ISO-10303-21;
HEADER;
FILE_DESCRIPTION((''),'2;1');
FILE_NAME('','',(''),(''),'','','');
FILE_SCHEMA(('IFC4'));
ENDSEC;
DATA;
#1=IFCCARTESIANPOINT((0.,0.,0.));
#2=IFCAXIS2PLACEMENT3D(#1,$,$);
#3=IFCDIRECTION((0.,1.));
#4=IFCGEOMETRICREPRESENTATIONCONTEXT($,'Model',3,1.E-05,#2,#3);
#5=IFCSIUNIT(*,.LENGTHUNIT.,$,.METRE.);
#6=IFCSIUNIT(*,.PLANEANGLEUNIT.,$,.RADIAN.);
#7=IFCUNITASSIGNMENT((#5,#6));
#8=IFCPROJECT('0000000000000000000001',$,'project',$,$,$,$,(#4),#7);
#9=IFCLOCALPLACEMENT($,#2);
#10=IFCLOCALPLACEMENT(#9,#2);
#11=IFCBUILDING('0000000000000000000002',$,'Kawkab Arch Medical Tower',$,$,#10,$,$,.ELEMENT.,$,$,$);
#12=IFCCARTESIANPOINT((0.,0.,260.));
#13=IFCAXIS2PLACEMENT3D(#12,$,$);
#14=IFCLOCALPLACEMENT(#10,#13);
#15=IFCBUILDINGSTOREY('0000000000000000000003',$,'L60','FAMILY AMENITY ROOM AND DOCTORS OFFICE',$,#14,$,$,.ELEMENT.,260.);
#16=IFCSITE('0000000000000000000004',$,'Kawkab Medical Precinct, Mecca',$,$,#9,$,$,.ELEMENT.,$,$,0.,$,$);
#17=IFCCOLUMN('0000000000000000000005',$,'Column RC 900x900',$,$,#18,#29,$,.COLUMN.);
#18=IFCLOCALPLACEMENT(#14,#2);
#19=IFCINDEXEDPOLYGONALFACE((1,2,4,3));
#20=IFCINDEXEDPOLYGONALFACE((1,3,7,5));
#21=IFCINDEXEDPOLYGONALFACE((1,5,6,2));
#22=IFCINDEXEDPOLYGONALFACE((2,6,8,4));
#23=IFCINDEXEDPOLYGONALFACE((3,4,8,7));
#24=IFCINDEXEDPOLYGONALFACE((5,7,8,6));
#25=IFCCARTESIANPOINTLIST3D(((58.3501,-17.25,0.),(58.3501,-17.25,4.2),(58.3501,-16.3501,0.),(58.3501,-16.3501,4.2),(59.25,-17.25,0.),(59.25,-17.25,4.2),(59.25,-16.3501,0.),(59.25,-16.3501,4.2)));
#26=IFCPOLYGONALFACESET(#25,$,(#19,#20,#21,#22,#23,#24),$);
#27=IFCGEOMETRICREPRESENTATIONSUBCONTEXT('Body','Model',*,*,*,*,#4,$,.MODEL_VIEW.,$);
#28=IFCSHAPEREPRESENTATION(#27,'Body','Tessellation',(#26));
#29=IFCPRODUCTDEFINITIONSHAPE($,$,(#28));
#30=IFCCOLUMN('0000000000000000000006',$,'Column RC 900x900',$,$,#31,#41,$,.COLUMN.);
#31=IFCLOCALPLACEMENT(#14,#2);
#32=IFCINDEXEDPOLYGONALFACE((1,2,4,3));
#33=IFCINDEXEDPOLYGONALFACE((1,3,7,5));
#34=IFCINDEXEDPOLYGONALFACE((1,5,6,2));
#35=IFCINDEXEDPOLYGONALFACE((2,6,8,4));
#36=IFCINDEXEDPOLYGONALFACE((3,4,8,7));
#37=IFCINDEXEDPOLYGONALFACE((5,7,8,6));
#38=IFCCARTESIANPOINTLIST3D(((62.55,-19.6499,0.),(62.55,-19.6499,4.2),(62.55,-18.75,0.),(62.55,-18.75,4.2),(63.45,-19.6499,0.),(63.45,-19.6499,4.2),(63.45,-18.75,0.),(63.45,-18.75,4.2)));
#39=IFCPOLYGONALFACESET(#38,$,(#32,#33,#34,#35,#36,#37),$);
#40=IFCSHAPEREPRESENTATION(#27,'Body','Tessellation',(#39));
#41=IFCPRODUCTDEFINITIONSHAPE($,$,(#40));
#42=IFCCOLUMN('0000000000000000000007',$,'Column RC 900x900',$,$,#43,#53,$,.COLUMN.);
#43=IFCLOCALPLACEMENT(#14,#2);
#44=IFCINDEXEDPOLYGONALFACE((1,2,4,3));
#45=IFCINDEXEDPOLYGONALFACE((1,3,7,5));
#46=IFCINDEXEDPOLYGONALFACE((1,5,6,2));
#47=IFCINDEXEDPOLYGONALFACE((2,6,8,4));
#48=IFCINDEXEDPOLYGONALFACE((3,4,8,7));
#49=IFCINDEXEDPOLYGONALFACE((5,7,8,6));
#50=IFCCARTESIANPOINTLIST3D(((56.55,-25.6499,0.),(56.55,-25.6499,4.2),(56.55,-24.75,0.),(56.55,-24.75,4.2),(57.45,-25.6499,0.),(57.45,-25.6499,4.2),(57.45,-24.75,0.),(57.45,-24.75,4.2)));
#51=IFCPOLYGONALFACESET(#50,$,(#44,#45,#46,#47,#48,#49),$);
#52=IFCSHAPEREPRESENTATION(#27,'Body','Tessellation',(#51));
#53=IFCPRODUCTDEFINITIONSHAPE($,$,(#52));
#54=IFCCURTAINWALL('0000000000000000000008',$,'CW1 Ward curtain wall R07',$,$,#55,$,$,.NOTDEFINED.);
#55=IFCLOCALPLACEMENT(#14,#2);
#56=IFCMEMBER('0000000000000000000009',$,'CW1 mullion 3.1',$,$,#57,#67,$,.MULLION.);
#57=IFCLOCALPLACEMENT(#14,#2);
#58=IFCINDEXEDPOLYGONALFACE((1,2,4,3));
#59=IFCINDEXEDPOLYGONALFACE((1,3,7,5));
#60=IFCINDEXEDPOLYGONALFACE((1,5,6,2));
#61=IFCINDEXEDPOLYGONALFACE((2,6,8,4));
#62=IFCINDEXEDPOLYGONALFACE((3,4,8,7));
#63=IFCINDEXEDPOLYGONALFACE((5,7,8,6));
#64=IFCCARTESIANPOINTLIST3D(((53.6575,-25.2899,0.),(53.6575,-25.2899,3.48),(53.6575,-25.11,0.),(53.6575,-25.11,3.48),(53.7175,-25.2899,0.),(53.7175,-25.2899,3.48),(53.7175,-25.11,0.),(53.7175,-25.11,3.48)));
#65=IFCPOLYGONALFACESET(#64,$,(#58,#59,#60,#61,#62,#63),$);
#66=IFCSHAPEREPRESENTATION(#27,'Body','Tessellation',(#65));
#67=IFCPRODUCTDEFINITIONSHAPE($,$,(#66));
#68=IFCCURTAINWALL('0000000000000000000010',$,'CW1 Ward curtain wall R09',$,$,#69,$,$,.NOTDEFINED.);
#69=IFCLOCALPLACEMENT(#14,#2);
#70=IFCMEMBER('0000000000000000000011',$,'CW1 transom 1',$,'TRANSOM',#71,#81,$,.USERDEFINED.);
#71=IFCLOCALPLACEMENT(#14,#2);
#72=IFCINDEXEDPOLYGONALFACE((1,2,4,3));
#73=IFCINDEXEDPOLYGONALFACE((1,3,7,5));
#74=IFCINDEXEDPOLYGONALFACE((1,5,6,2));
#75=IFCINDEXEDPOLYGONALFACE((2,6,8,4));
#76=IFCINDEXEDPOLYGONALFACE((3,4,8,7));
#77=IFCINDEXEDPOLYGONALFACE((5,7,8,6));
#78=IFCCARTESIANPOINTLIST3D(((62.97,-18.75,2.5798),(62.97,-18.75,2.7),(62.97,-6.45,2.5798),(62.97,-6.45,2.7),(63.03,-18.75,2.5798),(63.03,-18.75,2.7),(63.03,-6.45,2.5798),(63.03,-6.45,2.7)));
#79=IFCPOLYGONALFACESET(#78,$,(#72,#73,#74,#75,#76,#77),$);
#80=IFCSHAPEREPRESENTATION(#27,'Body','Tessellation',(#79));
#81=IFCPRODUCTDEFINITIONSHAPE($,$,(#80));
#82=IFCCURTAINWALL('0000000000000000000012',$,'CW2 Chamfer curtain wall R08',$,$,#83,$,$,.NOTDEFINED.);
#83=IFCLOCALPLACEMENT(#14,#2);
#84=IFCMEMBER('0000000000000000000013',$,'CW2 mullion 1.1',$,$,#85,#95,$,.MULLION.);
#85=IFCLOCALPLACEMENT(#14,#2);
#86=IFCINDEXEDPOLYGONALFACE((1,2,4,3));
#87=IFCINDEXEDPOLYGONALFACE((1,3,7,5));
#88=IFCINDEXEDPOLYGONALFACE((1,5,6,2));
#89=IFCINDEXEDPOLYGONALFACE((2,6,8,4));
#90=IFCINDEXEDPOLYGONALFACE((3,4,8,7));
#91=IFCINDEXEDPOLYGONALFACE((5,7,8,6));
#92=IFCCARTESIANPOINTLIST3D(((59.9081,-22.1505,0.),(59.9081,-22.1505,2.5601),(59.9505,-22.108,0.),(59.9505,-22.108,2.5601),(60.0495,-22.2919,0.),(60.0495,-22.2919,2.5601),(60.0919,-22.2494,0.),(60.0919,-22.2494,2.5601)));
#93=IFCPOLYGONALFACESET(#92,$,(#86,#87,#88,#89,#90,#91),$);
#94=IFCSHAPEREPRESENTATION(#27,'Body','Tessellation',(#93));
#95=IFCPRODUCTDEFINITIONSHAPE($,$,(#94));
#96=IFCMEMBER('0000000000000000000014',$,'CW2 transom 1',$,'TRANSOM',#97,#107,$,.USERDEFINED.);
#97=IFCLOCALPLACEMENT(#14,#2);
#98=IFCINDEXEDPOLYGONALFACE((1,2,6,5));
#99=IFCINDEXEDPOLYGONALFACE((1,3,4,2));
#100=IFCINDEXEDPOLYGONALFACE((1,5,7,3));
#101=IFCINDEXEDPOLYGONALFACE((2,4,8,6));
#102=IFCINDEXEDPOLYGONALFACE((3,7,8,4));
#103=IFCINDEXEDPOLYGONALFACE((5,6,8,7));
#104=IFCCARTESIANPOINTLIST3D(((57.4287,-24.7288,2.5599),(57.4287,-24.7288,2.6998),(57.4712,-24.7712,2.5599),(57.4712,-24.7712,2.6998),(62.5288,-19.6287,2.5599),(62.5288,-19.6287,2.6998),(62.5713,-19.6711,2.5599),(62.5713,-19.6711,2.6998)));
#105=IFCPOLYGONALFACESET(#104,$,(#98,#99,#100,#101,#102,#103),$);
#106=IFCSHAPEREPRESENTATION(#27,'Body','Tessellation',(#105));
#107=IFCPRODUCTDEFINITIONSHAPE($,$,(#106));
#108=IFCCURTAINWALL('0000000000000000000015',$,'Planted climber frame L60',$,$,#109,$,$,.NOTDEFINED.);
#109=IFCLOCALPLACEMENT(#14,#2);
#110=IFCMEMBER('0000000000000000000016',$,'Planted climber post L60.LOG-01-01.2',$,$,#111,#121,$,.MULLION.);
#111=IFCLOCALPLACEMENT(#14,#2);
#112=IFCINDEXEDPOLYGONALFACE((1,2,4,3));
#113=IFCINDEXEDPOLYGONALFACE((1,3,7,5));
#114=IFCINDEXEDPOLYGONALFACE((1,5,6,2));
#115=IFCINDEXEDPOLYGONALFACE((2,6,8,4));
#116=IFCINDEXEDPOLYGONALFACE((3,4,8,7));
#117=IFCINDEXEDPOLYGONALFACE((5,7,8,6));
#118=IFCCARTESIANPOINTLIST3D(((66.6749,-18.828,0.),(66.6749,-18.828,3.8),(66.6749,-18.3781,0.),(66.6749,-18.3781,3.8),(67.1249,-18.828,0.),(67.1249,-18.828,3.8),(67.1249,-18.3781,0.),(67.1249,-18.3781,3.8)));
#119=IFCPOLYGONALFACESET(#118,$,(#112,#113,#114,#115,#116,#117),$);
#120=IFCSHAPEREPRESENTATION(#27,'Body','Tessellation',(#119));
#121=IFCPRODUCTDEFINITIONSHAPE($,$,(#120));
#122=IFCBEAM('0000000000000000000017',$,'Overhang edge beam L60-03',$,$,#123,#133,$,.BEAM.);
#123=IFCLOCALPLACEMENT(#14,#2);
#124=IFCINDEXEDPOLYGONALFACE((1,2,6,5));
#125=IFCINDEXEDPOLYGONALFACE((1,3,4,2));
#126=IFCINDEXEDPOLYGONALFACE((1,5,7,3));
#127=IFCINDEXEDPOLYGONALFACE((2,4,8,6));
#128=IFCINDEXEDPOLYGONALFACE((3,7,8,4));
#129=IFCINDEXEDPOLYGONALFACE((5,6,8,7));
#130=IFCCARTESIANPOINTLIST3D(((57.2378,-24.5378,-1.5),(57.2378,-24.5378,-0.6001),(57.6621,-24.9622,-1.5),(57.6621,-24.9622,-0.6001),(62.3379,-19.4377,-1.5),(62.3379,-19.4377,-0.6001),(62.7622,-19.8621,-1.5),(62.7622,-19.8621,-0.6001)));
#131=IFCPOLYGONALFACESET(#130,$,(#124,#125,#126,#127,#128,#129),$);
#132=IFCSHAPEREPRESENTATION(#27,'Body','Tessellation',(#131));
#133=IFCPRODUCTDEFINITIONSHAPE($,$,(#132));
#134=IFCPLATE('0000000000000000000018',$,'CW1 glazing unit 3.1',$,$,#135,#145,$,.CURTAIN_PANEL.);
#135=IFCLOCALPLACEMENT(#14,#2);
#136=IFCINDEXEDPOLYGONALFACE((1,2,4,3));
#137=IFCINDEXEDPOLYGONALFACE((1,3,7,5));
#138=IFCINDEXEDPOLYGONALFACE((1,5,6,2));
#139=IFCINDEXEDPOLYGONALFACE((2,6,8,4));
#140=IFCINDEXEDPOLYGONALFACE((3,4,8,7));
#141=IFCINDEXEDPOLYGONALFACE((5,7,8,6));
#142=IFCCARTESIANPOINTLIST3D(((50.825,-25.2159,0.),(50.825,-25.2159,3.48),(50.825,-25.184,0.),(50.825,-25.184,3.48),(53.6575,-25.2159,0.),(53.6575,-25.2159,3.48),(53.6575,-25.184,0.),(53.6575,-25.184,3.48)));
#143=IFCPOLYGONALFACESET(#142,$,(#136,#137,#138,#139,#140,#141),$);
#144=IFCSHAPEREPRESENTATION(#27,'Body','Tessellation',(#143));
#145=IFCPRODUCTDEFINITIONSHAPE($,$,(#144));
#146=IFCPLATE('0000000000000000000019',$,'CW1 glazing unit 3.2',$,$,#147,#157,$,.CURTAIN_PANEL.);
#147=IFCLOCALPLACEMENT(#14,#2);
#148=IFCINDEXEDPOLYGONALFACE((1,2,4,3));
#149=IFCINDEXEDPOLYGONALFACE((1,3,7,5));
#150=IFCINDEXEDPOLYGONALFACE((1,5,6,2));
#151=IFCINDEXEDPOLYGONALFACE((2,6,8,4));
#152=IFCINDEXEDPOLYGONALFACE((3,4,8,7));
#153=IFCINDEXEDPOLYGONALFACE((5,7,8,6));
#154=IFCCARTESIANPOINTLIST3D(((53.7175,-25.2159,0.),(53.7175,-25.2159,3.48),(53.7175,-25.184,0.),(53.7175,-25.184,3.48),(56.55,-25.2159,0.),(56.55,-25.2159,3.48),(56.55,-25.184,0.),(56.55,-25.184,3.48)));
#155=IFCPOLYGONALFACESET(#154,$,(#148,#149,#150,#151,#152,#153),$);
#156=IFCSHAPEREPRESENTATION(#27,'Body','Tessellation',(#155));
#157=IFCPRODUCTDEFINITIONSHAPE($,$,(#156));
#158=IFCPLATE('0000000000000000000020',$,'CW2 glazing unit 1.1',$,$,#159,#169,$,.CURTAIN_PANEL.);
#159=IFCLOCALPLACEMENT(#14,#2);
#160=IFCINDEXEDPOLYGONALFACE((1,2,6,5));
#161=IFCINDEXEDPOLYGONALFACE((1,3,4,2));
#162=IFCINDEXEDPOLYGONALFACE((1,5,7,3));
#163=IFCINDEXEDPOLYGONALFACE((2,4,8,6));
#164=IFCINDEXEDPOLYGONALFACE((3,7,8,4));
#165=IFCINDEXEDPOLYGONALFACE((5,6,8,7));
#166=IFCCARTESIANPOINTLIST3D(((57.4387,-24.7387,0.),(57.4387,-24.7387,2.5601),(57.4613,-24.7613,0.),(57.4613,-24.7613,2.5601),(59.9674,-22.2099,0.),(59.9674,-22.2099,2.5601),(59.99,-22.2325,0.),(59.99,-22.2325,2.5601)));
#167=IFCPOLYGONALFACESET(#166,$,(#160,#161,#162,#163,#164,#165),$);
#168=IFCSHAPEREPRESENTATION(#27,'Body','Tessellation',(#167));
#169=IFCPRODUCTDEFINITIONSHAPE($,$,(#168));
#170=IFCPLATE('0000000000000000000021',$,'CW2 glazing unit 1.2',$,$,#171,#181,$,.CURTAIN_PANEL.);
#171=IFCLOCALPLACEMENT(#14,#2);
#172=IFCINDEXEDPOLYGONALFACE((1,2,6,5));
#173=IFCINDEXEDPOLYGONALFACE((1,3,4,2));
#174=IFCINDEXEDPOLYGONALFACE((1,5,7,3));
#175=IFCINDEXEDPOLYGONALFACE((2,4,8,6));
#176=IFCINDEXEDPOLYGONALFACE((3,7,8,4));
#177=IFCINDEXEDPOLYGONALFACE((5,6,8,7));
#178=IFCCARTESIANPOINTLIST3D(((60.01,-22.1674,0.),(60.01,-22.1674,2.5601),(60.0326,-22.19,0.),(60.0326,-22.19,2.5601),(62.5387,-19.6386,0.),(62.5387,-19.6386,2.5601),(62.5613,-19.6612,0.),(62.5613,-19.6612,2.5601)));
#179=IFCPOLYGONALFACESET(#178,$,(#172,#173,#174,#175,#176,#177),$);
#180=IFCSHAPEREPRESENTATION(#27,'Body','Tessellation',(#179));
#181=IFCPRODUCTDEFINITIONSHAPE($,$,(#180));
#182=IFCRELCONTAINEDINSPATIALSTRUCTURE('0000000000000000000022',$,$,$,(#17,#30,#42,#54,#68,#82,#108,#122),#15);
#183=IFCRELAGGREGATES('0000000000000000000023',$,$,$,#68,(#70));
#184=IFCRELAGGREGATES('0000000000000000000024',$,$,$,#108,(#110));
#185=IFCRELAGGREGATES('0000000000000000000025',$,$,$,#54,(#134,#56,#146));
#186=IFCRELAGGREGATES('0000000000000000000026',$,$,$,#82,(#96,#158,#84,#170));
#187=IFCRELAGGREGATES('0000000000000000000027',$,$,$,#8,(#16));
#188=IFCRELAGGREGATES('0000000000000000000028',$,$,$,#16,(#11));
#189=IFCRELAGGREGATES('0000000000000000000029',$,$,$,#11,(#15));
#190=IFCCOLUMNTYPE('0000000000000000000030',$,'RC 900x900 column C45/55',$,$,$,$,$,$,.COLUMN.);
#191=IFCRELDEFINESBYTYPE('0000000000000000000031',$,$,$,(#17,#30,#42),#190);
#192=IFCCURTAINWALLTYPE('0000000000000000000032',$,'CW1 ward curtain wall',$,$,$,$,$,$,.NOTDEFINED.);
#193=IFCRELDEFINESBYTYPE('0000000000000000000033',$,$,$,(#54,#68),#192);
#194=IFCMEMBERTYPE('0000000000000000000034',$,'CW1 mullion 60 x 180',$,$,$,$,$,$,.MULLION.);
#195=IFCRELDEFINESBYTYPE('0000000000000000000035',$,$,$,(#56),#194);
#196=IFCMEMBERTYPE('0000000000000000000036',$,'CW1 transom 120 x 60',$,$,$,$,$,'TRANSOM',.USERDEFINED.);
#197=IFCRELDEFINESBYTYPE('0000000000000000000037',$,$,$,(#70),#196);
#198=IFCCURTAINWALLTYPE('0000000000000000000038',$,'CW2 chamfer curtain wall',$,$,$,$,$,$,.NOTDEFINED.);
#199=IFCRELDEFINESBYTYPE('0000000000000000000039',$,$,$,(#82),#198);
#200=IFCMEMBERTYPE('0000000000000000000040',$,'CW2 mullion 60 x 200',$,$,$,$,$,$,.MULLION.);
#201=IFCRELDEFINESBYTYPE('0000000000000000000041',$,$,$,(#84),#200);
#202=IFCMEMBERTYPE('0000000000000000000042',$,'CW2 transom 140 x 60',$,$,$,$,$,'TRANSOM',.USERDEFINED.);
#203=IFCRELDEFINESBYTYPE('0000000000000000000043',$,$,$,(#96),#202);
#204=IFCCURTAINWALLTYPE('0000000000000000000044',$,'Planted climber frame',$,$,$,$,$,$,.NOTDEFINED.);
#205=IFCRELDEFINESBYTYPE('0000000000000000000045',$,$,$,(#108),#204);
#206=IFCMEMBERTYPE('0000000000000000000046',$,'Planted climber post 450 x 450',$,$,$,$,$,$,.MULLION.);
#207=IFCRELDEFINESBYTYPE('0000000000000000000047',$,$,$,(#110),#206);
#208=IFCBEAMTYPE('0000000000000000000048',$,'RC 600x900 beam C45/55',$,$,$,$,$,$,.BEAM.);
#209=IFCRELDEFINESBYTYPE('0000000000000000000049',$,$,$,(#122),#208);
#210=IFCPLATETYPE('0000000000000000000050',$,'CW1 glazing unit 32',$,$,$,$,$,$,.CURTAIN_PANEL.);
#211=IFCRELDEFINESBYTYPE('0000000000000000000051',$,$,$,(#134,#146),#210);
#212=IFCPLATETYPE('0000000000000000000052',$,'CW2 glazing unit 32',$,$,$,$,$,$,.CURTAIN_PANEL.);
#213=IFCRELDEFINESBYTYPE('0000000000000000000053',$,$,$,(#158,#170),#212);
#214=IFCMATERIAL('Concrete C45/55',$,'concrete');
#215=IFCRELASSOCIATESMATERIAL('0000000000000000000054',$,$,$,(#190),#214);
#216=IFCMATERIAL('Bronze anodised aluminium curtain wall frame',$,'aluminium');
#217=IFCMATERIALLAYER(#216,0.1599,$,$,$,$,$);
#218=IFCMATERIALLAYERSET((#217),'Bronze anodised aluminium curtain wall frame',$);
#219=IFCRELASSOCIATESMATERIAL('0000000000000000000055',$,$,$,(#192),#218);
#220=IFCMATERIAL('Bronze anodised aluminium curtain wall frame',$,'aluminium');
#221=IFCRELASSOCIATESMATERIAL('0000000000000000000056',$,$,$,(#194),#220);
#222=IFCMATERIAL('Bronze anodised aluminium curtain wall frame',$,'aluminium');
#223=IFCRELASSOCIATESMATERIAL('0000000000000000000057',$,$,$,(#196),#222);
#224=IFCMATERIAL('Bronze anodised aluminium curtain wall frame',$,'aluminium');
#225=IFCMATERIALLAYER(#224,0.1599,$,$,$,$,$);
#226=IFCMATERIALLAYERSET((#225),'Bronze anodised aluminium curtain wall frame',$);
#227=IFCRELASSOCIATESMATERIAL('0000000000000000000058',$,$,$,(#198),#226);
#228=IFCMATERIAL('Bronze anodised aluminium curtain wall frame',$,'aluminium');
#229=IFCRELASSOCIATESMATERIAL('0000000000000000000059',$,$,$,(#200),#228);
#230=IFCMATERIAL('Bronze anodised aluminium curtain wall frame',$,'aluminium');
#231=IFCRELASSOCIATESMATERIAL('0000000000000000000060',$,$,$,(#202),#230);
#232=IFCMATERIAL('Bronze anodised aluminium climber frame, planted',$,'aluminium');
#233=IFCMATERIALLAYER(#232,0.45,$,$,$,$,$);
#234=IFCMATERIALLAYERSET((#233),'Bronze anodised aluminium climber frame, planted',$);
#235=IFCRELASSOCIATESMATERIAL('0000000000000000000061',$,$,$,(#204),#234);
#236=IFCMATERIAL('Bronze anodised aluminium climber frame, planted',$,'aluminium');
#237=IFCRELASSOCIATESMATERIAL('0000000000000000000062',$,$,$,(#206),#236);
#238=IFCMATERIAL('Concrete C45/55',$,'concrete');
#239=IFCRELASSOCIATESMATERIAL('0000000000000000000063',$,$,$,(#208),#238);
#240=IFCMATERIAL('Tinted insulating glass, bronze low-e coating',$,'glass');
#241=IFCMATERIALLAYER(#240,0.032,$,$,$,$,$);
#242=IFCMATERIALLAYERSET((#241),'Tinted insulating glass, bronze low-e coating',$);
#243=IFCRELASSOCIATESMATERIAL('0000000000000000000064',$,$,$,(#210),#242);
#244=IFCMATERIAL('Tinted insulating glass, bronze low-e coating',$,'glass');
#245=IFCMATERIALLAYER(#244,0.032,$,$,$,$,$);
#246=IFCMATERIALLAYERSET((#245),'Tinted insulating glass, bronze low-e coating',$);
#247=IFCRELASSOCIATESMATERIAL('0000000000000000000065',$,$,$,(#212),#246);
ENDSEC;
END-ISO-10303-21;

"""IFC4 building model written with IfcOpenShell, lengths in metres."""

from ifc_helpers import new_model, si_unit, direction, frame, origin, origin_2d, place, context, subcontext, project, spatial, rectangle, extrude, material, layer, layer_set, material_profile, profile_set, type_object, element, aggregate, save


model = new_model("IFC4")

# Units and contexts
model_context = context("Model", 3, precision=1e-05, world=origin(), true_north=direction((0.0, 1.0)))
body_context = subcontext(model_context, "Body", "Model", "MODEL_VIEW")
ifc_project = project(units=[si_unit("LENGTHUNIT", "METRE"), si_unit("PLANEANGLEUNIT", "RADIAN")], contexts=[model_context])

# Site, building, storey
site_placement = place(None, origin())
site = spatial("IfcSite", under=ifc_project, at=site_placement, Name="Kawkab Medical Precinct, Mecca", CompositionType="ELEMENT", RefElevation=0.0)
building_placement = place(site_placement, origin())
building = spatial("IfcBuilding", under=site, at=building_placement, Name="Kawkab Arch Medical Tower", CompositionType="ELEMENT")
storey_placement = place(building_placement, frame((0.0, 0.0, 260.0)))
storey = spatial("IfcBuildingStorey", under=building, at=storey_placement, Name="L60", Description="FAMILY AMENITY ROOM AND DOCTORS OFFICE", CompositionType="ELEMENT", Elevation=260.0)

# Columns
ifc_material_1 = material(Name="Concrete C45/55", Category="concrete")
ifc_material_profile_1 = material_profile(ifc_material_1, rectangle(XDim=0.8999, YDim=0.8999, at=origin_2d()), Name="RC 900x900")
ifc_profile_set_1 = profile_set([ifc_material_profile_1], Name="Concrete C45/55")
column_type = type_object("IfcColumnType", Name="RC 900x900 column C45/55", PredefinedType="COLUMN", material=ifc_profile_set_1)
for number, where, z_axis, x_axis, name in (
    (1, (58.8, -16.8, 0.0), (0.0, 0.0, 1.0), (1.0, 0.0, 0.0), "Column RC 900x900"),
    (2, (63.0, -19.2, 0.0), (0.0, 0.0, 1.0), (1.0, 0.0, 0.0), "Column RC 900x900"),
    (3, (57.0, -25.2, 0.0), (0.0, 0.0, 1.0), (1.0, 0.0, 0.0), "Column RC 900x900"),
):
    element("IfcColumn", number, at=place(storey_placement, frame(where, z_axis=z_axis, x_axis=x_axis)), inside=storey, type_object=column_type, Name=name, PredefinedType="COLUMN", context=body_context, shape_type="SweptSolid", body=[
        extrude(rectangle(XDim=0.8999, YDim=0.8999, at=origin_2d()), origin(), (0.0, 0.0, 1.0), 4.2),
    ])

# Curtain walls, members
ifc_material_2 = material(Name="Bronze anodised aluminium curtain wall frame", Category="aluminium")
ifc_layer_1 = layer(ifc_material_2, 0.1599)
ifc_layer_set_1 = layer_set([ifc_layer_1], Name="Bronze anodised aluminium curtain wall frame")
curtain_wall_type_1 = type_object("IfcCurtainWallType", Name="CW1 ward curtain wall", PredefinedType="NOTDEFINED", material=ifc_layer_set_1)
placement = place(storey_placement, origin())
curtain_wall_1 = element("IfcCurtainWall", 4, at=placement, inside=storey, type_object=curtain_wall_type_1, Name="CW1 Ward curtain wall R07", PredefinedType="NOTDEFINED")
ifc_material_3 = material(Name="Bronze anodised aluminium curtain wall frame", Category="aluminium")
ifc_material_profile_2 = material_profile(ifc_material_3, rectangle(XDim=0.1799, YDim=0.0601, at=origin_2d()), Name="AL 60x180")
ifc_profile_set_2 = profile_set([ifc_material_profile_2], Name="Bronze anodised aluminium curtain wall frame")
member_type_1 = type_object("IfcMemberType", Name="CW1 mullion 60 x 180", PredefinedType="MULLION", material=ifc_profile_set_2)
member_1_placement = place(storey_placement, frame((53.6875, -25.2, 0.0), z_axis=(0.0, 0.0, 1.0), x_axis=(0.0, 1.0, 0.0)))
member_1 = element("IfcMember", 5, at=member_1_placement, type_object=member_type_1, Name="CW1 mullion 3.1", PredefinedType="MULLION", context=body_context, shape_type="SweptSolid", body=[
    extrude(rectangle(XDim=0.1799, YDim=0.0601, at=origin_2d()), origin(), (0.0, 0.0, 1.0), 3.48),
])
curtain_wall_2 = element("IfcCurtainWall", 6, at=placement, inside=storey, type_object=curtain_wall_type_1, Name="CW1 Ward curtain wall R09", PredefinedType="NOTDEFINED")
ifc_material_4 = material(Name="Bronze anodised aluminium curtain wall frame", Category="aluminium")
ifc_material_profile_3 = material_profile(ifc_material_4, rectangle(XDim=0.0601, YDim=0.1201, at=origin_2d()), Name="AL 60x120")
ifc_profile_set_3 = profile_set([ifc_material_profile_3], Name="Bronze anodised aluminium curtain wall frame")
member_type_2 = type_object("IfcMemberType", Name="CW1 transom 120 x 60", ElementType="TRANSOM", PredefinedType="USERDEFINED", material=ifc_profile_set_3)
member_2_placement = place(storey_placement, frame((63.0, -18.75, 2.6399), z_axis=(0.0, 1.0, 0.0), x_axis=(-1.0, 0.0, 0.0)))
member_2 = element("IfcMember", 7, at=member_2_placement, type_object=member_type_2, Name="CW1 transom 1", ObjectType="TRANSOM", PredefinedType="USERDEFINED", context=body_context, shape_type="SweptSolid", body=[
    extrude(rectangle(XDim=0.0601, YDim=0.1201, at=origin_2d()), origin(), (0.0, 0.0, 1.0), 12.3),
])
aggregate(curtain_wall_2, [member_2])

# Curtain wall, members
ifc_material_5 = material(Name="Bronze anodised aluminium curtain wall frame", Category="aluminium")
ifc_layer_2 = layer(ifc_material_5, 0.1599)
ifc_layer_set_2 = layer_set([ifc_layer_2], Name="Bronze anodised aluminium curtain wall frame")
curtain_wall_type_2 = type_object("IfcCurtainWallType", Name="CW2 chamfer curtain wall", PredefinedType="NOTDEFINED", material=ifc_layer_set_2)
curtain_wall_3 = element("IfcCurtainWall", 8, at=placement, inside=storey, type_object=curtain_wall_type_2, Name="CW2 Chamfer curtain wall R08", PredefinedType="NOTDEFINED")
ifc_material_6 = material(Name="Bronze anodised aluminium curtain wall frame", Category="aluminium")
ifc_material_profile_4 = material_profile(ifc_material_6, rectangle(XDim=0.2, YDim=0.0601, at=origin_2d()), Name="AL 60x200")
ifc_profile_set_4 = profile_set([ifc_material_profile_4], Name="Bronze anodised aluminium curtain wall frame")
member_type_3 = type_object("IfcMemberType", Name="CW2 mullion 60 x 200", PredefinedType="MULLION", material=ifc_profile_set_4)
member_3_placement = place(storey_placement, frame((60.0, -22.2, 0.0), z_axis=(0.0, 0.0, 1.0), x_axis=(-0.707107, 0.707107, 0.0)))
member_3 = element("IfcMember", 9, at=member_3_placement, type_object=member_type_3, Name="CW2 mullion 1.1", PredefinedType="MULLION", context=body_context, shape_type="SweptSolid", body=[
    extrude(rectangle(XDim=0.2, YDim=0.0601, at=origin_2d()), origin(), (0.0, 0.0, 1.0), 2.5601),
])
ifc_material_7 = material(Name="Bronze anodised aluminium curtain wall frame", Category="aluminium")
ifc_material_profile_5 = material_profile(ifc_material_7, rectangle(XDim=0.0601, YDim=0.1399, at=origin_2d()), Name="AL 60x140")
ifc_profile_set_5 = profile_set([ifc_material_profile_5], Name="Bronze anodised aluminium curtain wall frame")
member_type_4 = type_object("IfcMemberType", Name="CW2 transom 140 x 60", ElementType="TRANSOM", PredefinedType="USERDEFINED", material=ifc_profile_set_5)
member_4_placement = place(storey_placement, frame((57.45, -24.75, 2.6299), z_axis=(0.707107, 0.707107, 0.0), x_axis=(-0.707107, 0.707107, 0.0)))
member_4 = element("IfcMember", 10, at=member_4_placement, type_object=member_type_4, Name="CW2 transom 1", ObjectType="TRANSOM", PredefinedType="USERDEFINED", context=body_context, shape_type="SweptSolid", body=[
    extrude(rectangle(XDim=0.0601, YDim=0.1399, at=origin_2d()), origin(), (0.0, 0.0, 1.0), 7.2126),
])

# Curtain wall, member
ifc_material_8 = material(Name="Bronze anodised aluminium climber frame, planted", Category="aluminium")
ifc_layer_3 = layer(ifc_material_8, 0.45)
ifc_layer_set_3 = layer_set([ifc_layer_3], Name="Bronze anodised aluminium climber frame, planted")
curtain_wall_type_3 = type_object("IfcCurtainWallType", Name="Planted climber frame", PredefinedType="NOTDEFINED", material=ifc_layer_set_3)
curtain_wall_4 = element("IfcCurtainWall", 11, at=placement, inside=storey, type_object=curtain_wall_type_3, Name="Planted climber frame L60", PredefinedType="NOTDEFINED")
ifc_material_9 = material(Name="Bronze anodised aluminium climber frame, planted", Category="aluminium")
ifc_material_profile_6 = material_profile(ifc_material_9, rectangle(XDim=0.45, YDim=0.45, at=origin_2d()), Name="Post 450x450")
ifc_profile_set_6 = profile_set([ifc_material_profile_6], Name="Bronze anodised aluminium climber frame, planted")
member_type_5 = type_object("IfcMemberType", Name="Planted climber post 450 x 450", PredefinedType="MULLION", material=ifc_profile_set_6)
member_5_placement = place(storey_placement, frame((66.8999, -18.603, 0.0), z_axis=(0.0, 0.0, 1.0), x_axis=(1.0, 0.0, 0.0)))
member_5 = element("IfcMember", 12, at=member_5_placement, type_object=member_type_5, Name="Planted climber post L60.LOG-01-01.2", PredefinedType="MULLION", context=body_context, shape_type="SweptSolid", body=[
    extrude(rectangle(XDim=0.45, YDim=0.45, at=origin_2d()), origin(), (0.0, 0.0, 1.0), 3.8),
])
aggregate(curtain_wall_4, [member_5])

# Beam
ifc_material_10 = material(Name="Concrete C45/55", Category="concrete")
ifc_material_profile_7 = material_profile(ifc_material_10, rectangle(XDim=0.6001, YDim=0.8999, at=origin_2d()), Name="RC 600x900")
ifc_profile_set_7 = profile_set([ifc_material_profile_7], Name="Concrete C45/55")
beam_type = type_object("IfcBeamType", Name="RC 600x900 beam C45/55", PredefinedType="BEAM", material=ifc_profile_set_7)
beam_placement = place(storey_placement, frame((62.55, -19.6499, -1.05), z_axis=(-0.707107, -0.707107, 0.0), x_axis=(0.707107, -0.707107, 0.0)))
element("IfcBeam", 13, at=beam_placement, inside=storey, type_object=beam_type, Name="Overhang edge beam L60-03", PredefinedType="BEAM", context=body_context, shape_type="SweptSolid", body=[
    extrude(rectangle(XDim=0.6001, YDim=0.8999, at=origin_2d()), origin(), (0.0, 0.0, 1.0), 7.2126),
])

# Plates
ifc_material_11 = material(Name="Tinted insulating glass, bronze low-e coating", Category="glass")
ifc_layer_4 = layer(ifc_material_11, 0.032)
ifc_layer_set_4 = layer_set([ifc_layer_4], Name="Tinted insulating glass, bronze low-e coating")
plate_type_1 = type_object("IfcPlateType", Name="CW1 glazing unit 32", PredefinedType="CURTAIN_PANEL", material=ifc_layer_set_4)
plate_1_placement = place(storey_placement, frame((52.2412, -25.2, 0.0), z_axis=(0.0, 0.0, 1.0), x_axis=(1.0, 0.0, 0.0)))
plate_1 = element("IfcPlate", 14, at=plate_1_placement, type_object=plate_type_1, Name="CW1 glazing unit 3.1", PredefinedType="CURTAIN_PANEL", context=body_context, shape_type="SweptSolid", body=[
    extrude(rectangle(XDim=2.8325, YDim=0.032, at=origin_2d()), origin(), (0.0, 0.0, 1.0), 3.48),
])
plate_2_placement = place(storey_placement, frame((55.1338, -25.2, 0.0), z_axis=(0.0, 0.0, 1.0), x_axis=(1.0, 0.0, 0.0)))
plate_2 = element("IfcPlate", 15, at=plate_2_placement, type_object=plate_type_1, Name="CW1 glazing unit 3.2", PredefinedType="CURTAIN_PANEL", context=body_context, shape_type="SweptSolid", body=[
    extrude(rectangle(XDim=2.8325, YDim=0.032, at=origin_2d()), origin(), (0.0, 0.0, 1.0), 3.48),
])
aggregate(curtain_wall_1, [plate_1, member_1, plate_2])
ifc_material_12 = material(Name="Tinted insulating glass, bronze low-e coating", Category="glass")
ifc_layer_5 = layer(ifc_material_12, 0.032)
ifc_layer_set_5 = layer_set([ifc_layer_5], Name="Tinted insulating glass, bronze low-e coating")
plate_type_2 = type_object("IfcPlateType", Name="CW2 glazing unit 32", PredefinedType="CURTAIN_PANEL", material=ifc_layer_set_5)
plate_3_placement = place(storey_placement, frame((58.7144, -23.4856, 0.0), z_axis=(0.0, 0.0, 1.0), x_axis=(0.707107, 0.707107, 0.0)))
plate_3 = element("IfcPlate", 16, at=plate_3_placement, type_object=plate_type_2, Name="CW2 glazing unit 1.1", PredefinedType="CURTAIN_PANEL", context=body_context, shape_type="SweptSolid", body=[
    extrude(rectangle(XDim=3.5762, YDim=0.032, at=origin_2d()), origin(), (0.0, 0.0, 1.0), 2.5601),
])
plate_4_placement = place(storey_placement, frame((61.2856, -20.9143, 0.0), z_axis=(0.0, 0.0, 1.0), x_axis=(0.707107, 0.707107, 0.0)))
plate_4 = element("IfcPlate", 17, at=plate_4_placement, type_object=plate_type_2, Name="CW2 glazing unit 1.2", PredefinedType="CURTAIN_PANEL", context=body_context, shape_type="SweptSolid", body=[
    extrude(rectangle(XDim=3.5762, YDim=0.032, at=origin_2d()), origin(), (0.0, 0.0, 1.0), 2.5601),
])
aggregate(curtain_wall_3, [member_4, plate_3, member_3, plate_4])

save(model, "model.ifc")
